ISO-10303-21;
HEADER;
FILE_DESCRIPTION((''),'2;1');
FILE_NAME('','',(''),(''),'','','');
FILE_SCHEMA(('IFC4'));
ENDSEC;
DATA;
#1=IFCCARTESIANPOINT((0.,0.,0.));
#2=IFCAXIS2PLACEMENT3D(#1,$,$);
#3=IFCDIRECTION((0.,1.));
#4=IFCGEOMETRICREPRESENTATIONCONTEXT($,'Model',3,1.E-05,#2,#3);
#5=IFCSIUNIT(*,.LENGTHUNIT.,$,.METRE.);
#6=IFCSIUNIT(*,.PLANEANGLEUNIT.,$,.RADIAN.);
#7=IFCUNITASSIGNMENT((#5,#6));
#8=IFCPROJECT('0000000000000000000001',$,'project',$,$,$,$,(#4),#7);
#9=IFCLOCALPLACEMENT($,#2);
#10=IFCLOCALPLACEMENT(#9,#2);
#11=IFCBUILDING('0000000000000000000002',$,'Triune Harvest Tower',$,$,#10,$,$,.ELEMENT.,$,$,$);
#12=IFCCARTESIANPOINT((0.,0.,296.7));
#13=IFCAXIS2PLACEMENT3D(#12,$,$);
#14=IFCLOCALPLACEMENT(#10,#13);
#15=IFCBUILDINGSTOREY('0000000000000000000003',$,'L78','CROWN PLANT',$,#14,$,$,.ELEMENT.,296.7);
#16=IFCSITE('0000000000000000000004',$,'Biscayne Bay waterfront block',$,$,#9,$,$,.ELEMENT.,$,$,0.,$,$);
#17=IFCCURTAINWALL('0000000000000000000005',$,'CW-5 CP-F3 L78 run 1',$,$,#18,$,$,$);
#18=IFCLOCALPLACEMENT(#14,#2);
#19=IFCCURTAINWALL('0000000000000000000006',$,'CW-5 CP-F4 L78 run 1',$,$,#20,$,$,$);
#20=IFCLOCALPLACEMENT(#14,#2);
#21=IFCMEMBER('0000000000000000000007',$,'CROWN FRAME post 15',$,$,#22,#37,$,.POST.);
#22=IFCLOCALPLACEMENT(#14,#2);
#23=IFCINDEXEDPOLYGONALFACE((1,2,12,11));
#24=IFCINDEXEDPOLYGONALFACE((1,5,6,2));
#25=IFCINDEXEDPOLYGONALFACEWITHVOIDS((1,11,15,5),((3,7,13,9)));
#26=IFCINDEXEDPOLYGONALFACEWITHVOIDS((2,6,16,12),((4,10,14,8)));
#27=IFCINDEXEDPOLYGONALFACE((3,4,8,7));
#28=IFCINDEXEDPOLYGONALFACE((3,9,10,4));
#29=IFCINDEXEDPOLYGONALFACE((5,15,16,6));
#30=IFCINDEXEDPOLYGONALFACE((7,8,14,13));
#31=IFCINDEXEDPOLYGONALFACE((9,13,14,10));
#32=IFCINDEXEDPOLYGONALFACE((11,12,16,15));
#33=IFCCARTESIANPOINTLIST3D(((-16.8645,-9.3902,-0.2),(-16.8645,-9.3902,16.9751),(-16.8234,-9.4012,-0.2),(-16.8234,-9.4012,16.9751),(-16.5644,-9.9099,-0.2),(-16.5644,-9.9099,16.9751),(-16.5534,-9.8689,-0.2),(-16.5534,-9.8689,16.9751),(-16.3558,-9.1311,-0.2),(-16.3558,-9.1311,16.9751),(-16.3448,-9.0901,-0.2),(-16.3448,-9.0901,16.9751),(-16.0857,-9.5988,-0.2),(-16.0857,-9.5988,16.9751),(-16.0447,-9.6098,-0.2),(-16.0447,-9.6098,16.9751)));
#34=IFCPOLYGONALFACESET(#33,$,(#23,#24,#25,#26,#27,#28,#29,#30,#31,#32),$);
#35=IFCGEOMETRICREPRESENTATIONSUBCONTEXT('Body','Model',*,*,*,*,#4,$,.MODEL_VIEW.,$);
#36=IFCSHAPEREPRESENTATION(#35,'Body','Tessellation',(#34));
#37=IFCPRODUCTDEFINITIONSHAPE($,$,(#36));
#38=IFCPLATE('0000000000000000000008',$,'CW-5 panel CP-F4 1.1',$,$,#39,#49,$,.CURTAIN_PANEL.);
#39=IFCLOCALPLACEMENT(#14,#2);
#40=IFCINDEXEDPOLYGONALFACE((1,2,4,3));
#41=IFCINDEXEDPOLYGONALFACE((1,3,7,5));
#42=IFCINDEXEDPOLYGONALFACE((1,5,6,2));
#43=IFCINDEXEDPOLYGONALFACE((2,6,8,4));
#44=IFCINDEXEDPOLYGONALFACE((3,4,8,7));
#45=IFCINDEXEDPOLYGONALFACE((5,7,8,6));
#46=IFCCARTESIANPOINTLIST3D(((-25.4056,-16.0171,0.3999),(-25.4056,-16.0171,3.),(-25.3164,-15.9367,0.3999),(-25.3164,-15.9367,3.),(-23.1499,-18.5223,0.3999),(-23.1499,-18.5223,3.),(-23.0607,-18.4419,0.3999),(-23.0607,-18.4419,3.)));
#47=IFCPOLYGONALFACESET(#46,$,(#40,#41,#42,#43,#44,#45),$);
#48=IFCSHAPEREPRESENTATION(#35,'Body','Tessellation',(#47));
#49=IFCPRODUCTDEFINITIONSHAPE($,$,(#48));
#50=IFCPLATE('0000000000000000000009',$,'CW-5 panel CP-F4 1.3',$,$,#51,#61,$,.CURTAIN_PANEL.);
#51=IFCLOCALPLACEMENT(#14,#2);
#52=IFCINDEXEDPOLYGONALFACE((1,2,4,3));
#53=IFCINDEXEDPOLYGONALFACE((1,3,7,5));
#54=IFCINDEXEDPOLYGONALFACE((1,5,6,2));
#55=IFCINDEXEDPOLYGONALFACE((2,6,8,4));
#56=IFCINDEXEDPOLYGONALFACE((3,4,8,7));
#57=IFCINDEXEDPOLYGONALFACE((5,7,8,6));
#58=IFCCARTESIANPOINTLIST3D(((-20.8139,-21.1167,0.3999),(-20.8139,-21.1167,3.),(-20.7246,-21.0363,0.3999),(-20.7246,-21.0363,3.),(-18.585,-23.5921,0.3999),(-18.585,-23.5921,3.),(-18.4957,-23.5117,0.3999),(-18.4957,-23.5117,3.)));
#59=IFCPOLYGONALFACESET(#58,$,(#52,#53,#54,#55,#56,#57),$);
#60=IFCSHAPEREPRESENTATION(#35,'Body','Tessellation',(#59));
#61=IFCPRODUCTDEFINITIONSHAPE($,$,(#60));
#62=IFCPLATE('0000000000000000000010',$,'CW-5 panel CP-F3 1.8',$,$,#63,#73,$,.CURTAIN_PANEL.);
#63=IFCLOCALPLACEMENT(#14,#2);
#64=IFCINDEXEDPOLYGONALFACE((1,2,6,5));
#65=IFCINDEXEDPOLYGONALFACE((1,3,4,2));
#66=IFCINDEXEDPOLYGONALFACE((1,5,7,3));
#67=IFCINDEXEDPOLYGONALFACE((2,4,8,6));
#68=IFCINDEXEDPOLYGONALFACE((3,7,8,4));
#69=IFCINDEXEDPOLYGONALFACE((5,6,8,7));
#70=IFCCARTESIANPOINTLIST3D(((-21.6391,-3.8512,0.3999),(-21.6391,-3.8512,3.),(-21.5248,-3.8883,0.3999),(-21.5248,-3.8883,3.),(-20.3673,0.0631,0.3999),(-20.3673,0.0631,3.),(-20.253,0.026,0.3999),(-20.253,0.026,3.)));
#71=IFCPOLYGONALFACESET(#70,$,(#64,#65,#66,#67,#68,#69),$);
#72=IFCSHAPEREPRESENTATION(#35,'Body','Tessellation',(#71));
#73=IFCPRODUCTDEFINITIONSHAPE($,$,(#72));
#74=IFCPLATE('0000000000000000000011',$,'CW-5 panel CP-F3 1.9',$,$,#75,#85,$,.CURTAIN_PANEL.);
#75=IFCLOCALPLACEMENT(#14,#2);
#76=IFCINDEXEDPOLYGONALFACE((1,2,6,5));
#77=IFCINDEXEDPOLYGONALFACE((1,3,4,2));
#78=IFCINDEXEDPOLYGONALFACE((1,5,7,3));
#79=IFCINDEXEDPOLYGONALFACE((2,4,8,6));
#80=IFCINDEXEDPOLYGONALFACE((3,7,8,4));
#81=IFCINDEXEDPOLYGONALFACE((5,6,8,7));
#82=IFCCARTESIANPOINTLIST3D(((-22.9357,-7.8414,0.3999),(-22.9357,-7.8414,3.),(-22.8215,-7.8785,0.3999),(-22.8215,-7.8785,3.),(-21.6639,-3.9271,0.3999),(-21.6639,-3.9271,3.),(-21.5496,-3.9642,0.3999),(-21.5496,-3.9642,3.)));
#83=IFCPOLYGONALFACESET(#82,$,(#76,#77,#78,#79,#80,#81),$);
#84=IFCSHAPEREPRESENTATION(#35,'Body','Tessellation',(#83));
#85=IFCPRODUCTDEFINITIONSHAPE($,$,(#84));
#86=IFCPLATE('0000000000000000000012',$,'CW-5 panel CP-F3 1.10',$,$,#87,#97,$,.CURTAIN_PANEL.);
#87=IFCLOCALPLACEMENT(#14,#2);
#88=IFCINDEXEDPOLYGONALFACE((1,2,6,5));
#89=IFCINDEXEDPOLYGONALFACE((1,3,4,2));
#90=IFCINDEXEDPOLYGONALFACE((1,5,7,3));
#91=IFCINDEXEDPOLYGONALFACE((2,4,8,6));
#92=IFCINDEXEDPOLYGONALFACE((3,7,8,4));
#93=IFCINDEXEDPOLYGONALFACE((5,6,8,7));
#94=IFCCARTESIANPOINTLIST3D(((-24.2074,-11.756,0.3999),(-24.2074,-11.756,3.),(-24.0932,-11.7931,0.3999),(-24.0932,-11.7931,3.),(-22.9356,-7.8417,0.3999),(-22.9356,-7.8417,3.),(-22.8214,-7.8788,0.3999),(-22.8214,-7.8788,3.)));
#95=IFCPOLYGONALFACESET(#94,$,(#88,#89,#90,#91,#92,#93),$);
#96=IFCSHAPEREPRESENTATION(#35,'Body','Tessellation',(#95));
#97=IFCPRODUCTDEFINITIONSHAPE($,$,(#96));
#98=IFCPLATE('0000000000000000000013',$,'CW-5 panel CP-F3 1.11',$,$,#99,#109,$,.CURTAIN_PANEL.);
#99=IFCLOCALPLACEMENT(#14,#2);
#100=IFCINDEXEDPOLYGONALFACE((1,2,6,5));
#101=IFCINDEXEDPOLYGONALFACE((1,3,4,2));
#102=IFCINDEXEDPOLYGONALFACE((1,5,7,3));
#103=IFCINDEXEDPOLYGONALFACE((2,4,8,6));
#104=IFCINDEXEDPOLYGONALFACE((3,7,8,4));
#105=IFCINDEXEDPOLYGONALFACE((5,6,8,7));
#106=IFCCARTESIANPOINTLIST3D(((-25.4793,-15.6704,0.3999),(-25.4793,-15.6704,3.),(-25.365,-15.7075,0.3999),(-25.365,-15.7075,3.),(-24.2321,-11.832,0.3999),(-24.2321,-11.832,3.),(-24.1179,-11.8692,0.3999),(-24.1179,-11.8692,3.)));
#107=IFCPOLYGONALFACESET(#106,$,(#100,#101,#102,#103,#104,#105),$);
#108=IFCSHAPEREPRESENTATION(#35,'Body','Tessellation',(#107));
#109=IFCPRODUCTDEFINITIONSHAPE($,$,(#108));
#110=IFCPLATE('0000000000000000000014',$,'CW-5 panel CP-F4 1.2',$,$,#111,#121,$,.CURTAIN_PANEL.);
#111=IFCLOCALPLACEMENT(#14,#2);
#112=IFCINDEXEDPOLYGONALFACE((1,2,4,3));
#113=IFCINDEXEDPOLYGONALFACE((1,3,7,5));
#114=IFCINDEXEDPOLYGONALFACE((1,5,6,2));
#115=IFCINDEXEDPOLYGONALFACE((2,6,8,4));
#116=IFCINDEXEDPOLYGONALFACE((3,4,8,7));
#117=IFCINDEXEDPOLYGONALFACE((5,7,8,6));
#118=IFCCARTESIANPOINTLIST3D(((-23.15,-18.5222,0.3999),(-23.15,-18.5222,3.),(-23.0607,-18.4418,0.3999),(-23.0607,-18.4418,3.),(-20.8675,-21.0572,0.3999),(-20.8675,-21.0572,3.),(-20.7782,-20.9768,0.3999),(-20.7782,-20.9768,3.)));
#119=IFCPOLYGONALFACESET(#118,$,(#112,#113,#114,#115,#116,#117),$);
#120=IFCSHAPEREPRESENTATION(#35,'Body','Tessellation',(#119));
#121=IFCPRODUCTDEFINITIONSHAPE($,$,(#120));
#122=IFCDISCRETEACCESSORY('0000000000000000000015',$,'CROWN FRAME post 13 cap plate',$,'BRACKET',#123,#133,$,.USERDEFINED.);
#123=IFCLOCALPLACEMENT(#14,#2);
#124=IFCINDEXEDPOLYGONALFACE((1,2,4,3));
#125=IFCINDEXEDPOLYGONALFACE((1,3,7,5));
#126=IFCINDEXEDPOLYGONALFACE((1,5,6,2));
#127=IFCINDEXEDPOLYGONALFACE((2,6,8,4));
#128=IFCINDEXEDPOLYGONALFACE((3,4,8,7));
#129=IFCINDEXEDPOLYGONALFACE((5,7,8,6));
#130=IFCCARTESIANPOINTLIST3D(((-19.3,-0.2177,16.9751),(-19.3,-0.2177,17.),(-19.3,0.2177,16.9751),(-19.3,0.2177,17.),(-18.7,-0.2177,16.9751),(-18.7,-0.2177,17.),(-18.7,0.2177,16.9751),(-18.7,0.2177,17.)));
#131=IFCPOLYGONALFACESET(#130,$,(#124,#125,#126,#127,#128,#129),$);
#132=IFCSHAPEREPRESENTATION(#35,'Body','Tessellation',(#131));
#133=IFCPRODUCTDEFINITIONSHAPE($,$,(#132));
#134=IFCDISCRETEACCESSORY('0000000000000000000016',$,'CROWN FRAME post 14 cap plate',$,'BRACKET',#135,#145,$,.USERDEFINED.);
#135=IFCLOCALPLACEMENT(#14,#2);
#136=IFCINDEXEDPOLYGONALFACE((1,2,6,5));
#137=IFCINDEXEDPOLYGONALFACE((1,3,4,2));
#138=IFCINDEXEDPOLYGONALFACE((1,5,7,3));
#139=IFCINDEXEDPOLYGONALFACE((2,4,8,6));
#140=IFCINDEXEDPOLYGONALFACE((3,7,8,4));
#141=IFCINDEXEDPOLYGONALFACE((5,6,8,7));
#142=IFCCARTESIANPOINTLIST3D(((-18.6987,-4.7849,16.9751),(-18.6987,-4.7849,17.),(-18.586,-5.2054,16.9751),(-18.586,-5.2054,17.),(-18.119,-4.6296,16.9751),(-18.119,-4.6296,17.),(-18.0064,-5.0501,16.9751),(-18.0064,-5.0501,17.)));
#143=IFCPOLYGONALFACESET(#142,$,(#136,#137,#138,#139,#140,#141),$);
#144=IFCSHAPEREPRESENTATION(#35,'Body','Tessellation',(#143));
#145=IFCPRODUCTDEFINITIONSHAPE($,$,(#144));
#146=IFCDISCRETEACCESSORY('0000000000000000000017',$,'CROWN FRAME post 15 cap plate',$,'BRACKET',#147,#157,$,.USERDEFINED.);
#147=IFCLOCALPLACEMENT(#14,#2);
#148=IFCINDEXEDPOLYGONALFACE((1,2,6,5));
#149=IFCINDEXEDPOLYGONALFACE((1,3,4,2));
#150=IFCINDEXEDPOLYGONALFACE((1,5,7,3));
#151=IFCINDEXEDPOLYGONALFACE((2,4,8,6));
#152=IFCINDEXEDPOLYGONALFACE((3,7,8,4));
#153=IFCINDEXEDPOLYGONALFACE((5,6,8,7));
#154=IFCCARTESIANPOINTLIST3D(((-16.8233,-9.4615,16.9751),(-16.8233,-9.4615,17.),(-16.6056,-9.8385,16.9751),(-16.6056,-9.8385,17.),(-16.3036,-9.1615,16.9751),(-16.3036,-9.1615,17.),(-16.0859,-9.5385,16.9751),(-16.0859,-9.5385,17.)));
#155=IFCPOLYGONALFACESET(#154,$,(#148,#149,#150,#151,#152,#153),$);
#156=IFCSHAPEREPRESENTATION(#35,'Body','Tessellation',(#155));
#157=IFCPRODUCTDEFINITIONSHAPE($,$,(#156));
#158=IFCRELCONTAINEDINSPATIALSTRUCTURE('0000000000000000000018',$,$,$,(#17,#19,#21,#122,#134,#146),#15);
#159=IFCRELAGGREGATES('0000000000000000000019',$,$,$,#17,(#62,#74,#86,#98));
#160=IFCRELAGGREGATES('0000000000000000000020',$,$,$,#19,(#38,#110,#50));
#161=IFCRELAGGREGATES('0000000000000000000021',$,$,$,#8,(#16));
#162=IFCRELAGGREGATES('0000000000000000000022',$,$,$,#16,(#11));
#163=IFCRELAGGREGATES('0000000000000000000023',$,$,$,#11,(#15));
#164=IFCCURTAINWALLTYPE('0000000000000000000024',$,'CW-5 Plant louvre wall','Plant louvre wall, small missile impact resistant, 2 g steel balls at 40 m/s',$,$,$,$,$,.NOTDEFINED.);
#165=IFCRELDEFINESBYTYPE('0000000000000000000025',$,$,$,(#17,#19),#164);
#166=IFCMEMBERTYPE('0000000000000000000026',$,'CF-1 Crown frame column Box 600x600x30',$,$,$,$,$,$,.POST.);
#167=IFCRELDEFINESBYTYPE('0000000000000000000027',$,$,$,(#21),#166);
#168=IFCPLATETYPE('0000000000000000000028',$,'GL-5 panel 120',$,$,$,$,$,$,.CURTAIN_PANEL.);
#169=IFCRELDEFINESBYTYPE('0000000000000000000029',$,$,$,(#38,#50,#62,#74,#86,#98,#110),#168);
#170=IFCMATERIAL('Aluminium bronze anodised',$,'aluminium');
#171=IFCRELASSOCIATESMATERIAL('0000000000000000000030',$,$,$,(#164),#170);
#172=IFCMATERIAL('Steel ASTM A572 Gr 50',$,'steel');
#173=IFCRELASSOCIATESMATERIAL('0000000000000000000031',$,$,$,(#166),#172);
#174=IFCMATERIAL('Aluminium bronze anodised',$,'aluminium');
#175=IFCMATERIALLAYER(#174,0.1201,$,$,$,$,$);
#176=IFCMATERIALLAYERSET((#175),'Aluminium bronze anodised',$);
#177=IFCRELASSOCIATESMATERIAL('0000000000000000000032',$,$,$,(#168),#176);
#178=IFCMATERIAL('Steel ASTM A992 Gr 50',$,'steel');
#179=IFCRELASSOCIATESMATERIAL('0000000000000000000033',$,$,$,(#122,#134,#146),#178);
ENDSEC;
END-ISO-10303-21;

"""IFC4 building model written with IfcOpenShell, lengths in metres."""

from ifc_helpers import new_model, si_unit, direction, frame, origin, origin_2d, place, context, subcontext, project, spatial, rectangle, hollow_rectangle, extrude, source, transform, mapped, material, layer, layer_set, material_profile, profile_set, type_object, element, aggregate, save


model = new_model("IFC4")

# Units and contexts
model_context = context("Model", 3, precision=1e-05, world=origin(), true_north=direction((0.0, 1.0)))
body_context = subcontext(model_context, "Body", "Model", "MODEL_VIEW")
ifc_project = project(units=[si_unit("LENGTHUNIT", "METRE"), si_unit("PLANEANGLEUNIT", "RADIAN")], contexts=[model_context])

# Site, building, storey
site_placement = place(None, origin())
site = spatial("IfcSite", under=ifc_project, at=site_placement, Name="Biscayne Bay waterfront block", CompositionType="ELEMENT", RefElevation=0.0)
building_placement = place(site_placement, origin())
building = spatial("IfcBuilding", under=site, at=building_placement, Name="Triune Harvest Tower", CompositionType="ELEMENT")
storey_placement = place(building_placement, frame((0.0, 0.0, 296.7)))
storey = spatial("IfcBuildingStorey", under=building, at=storey_placement, Name="L78", Description="CROWN PLANT", CompositionType="ELEMENT", Elevation=296.7)

# Shared definitions
ifc_material_1 = material(Name="Aluminium bronze anodised", Category="aluminium")
curtain_wall_type = type_object("IfcCurtainWallType", Name="CW-5 Plant louvre wall", Description="Plant louvre wall, small missile impact resistant, 2 g steel balls at 40 m/s", PredefinedType="NOTDEFINED", material=ifc_material_1)

# Curtain walls
curtain_wall_1_placement = place(storey_placement, origin())
curtain_wall_1 = element("IfcCurtainWall", 1, at=curtain_wall_1_placement, inside=storey, type_object=curtain_wall_type, Name="CW-5 CP-F3 L78 run 1")
curtain_wall_2_placement = place(storey_placement, origin())
curtain_wall_2 = element("IfcCurtainWall", 2, at=curtain_wall_2_placement, inside=storey, type_object=curtain_wall_type, Name="CW-5 CP-F4 L78 run 1")

# Member
ifc_material_2 = material(Name="Steel ASTM A572 Gr 50", Category="steel")
ifc_material_profile_1 = material_profile(ifc_material_2, hollow_rectangle(XDim=0.6001, YDim=0.6001, WallThickness=0.03, at=origin_2d()), Name="Box 600x600x30")
ifc_profile_set_1 = profile_set([ifc_material_profile_1], Name="Steel ASTM A572 Gr 50")
member_type_1 = type_object("IfcMemberType", Name="CF-1 Crown frame column Box 600x600x30", PredefinedType="POST", material=ifc_profile_set_1)
shared_shape_1 = source(origin(), body_context, "Body", "SweptSolid", [
    extrude(hollow_rectangle(XDim=0.6001, YDim=0.6001, WallThickness=0.03, at=origin_2d()), origin(), (0.0, 0.0, 1.0), 17.175),
])
for number, where, z_axis, x_axis, name in (
    (3, (-16.4546, -9.5, -0.2), (0.0, 0.0, 1.0), (0.5, -0.866025, 0.0), "CROWN FRAME post 15"),
):
    element("IfcMember", number, at=place(storey_placement, frame(where, z_axis=z_axis, x_axis=x_axis)), inside=storey, type_object=member_type_1, Name=name, PredefinedType="POST", context=body_context, shape_type="MappedRepresentation", body=[
        mapped(shared_shape_1, transform((0.0, 0.0, 0.0), scale=1.0)),
    ])

# Plates
ifc_material_3 = material(Name="Aluminium bronze anodised", Category="aluminium")
ifc_layer = layer(ifc_material_3, 0.1201)
ifc_layer_set = layer_set([ifc_layer], Name="Aluminium bronze anodised")
plate_type = type_object("IfcPlateType", Name="GL-5 panel 120", PredefinedType="CURTAIN_PANEL", material=ifc_layer_set)
plate_1_placement = place(storey_placement, frame((-24.2332, -17.2295, 0.3999), z_axis=(0.0, 0.0, 1.0), x_axis=(0.669132, -0.743144, 0.0)))
plate_1 = element("IfcPlate", 4, at=plate_1_placement, type_object=plate_type, Name="CW-5 panel CP-F4 1.1", PredefinedType="CURTAIN_PANEL", context=body_context, shape_type="SweptSolid", body=[
    extrude(rectangle(XDim=3.3711, YDim=0.1201, at=origin_2d()), origin(), (0.0, 0.0, 1.0), 2.6001),
])
plate_2_placement = place(storey_placement, frame((-19.6548, -22.3142, 0.3999), z_axis=(0.0, 0.0, 1.0), x_axis=(0.669132, -0.743144, 0.0)))
plate_2 = element("IfcPlate", 5, at=plate_2_placement, type_object=plate_type, Name="CW-5 panel CP-F4 1.3", PredefinedType="CURTAIN_PANEL", context=body_context, shape_type="SweptSolid", body=[
    extrude(rectangle(XDim=3.3311, YDim=0.1201, at=origin_2d()), origin(), (0.0, 0.0, 1.0), 2.6001),
])
shared_shape_2 = source(origin(), body_context, "Body", "SweptSolid", [
    extrude(rectangle(XDim=4.1157, YDim=0.1201, at=origin_2d()), origin(), (0.0, 0.0, 1.0), 2.6001),
])
plate_3_placement = place(storey_placement, frame((-20.946, -1.9126, 0.3999), z_axis=(0.0, 0.0, 1.0), x_axis=(-0.309016, -0.951057, 0.0)))
plate_3 = element("IfcPlate", 6, at=plate_3_placement, type_object=plate_type, Name="CW-5 panel CP-F3 1.8", PredefinedType="CURTAIN_PANEL", context=body_context, shape_type="MappedRepresentation", body=[
    mapped(shared_shape_2, transform((0.0, 0.0, 0.0), scale=1.0)),
])
plate_4_placement = place(storey_placement, frame((-22.2427, -5.9028, 0.3999), z_axis=(0.0, 0.0, 1.0), x_axis=(-0.309016, -0.951057, 0.0)))
plate_4 = element("IfcPlate", 7, at=plate_4_placement, type_object=plate_type, Name="CW-5 panel CP-F3 1.9", PredefinedType="CURTAIN_PANEL", context=body_context, shape_type="MappedRepresentation", body=[
    mapped(shared_shape_2, transform((0.0, 0.0, 0.0), scale=1.0)),
])
plate_5_placement = place(storey_placement, frame((-23.5144, -9.8174, 0.3999), z_axis=(0.0, 0.0, 1.0), x_axis=(-0.309016, -0.951057, 0.0)))
plate_5 = element("IfcPlate", 8, at=plate_5_placement, type_object=plate_type, Name="CW-5 panel CP-F3 1.10", PredefinedType="CURTAIN_PANEL", context=body_context, shape_type="MappedRepresentation", body=[
    mapped(shared_shape_2, transform((0.0, 0.0, 0.0), scale=1.0)),
])
shared_shape_3 = source(origin(), body_context, "Body", "SweptSolid", [
    extrude(rectangle(XDim=4.0359, YDim=0.1201, at=origin_2d()), origin(), (0.0, 0.0, 1.0), 2.6001),
])
plate_6_placement = place(storey_placement, frame((-24.7986, -13.7698, 0.3999), z_axis=(0.0, 0.0, 1.0), x_axis=(-0.309016, -0.951057, 0.0)))
plate_6 = element("IfcPlate", 9, at=plate_6_placement, type_object=plate_type, Name="CW-5 panel CP-F3 1.11", PredefinedType="CURTAIN_PANEL", context=body_context, shape_type="MappedRepresentation", body=[
    mapped(shared_shape_3, transform((0.0, 0.0, 0.0), scale=1.0)),
])
aggregate(curtain_wall_1, [plate_3, plate_4, plate_5, plate_6])
shared_shape_4 = source(origin(), body_context, "Body", "SweptSolid", [
    extrude(rectangle(XDim=3.4111, YDim=0.1201, at=origin_2d()), origin(), (0.0, 0.0, 1.0), 2.6001),
])
plate_7_placement = place(storey_placement, frame((-21.9641, -19.7495, 0.3999), z_axis=(0.0, 0.0, 1.0), x_axis=(0.669132, -0.743144, 0.0)))
plate_7 = element("IfcPlate", 10, at=plate_7_placement, type_object=plate_type, Name="CW-5 panel CP-F4 1.2", PredefinedType="CURTAIN_PANEL", context=body_context, shape_type="MappedRepresentation", body=[
    mapped(shared_shape_4, transform((0.0, 0.0, 0.0), scale=1.0)),
])
aggregate(curtain_wall_2, [plate_1, plate_7, plate_2])

# Discrete accessories
ifc_material_4 = material(Name="Steel ASTM A992 Gr 50", Category="steel")
shared_shape_5 = source(origin(), body_context, "Body", "SweptSolid", [
    extrude(rectangle(XDim=0.6001, YDim=0.4353, at=origin_2d()), origin(), (0.0, 0.0, 1.0), 0.0249),
])
for number, where, z_axis, x_axis, name in (
    (11, (-19.0, 0.0, 16.9751), (0.0, 0.0, 1.0), (-1.0, 0.0, 0.0), "CROWN FRAME post 13 cap plate"),
    (12, (-18.3525, -4.9175, 16.9751), (0.0, 0.0, 1.0), (-0.965926, -0.258819, 0.0), "CROWN FRAME post 14 cap plate"),
    (13, (-16.4546, -9.5, 16.9751), (0.0, 0.0, 1.0), (-0.866025, -0.5, 0.0), "CROWN FRAME post 15 cap plate"),
):
    element("IfcDiscreteAccessory", number, at=place(storey_placement, frame(where, z_axis=z_axis, x_axis=x_axis)), inside=storey, material=ifc_material_4, Name=name, ObjectType="BRACKET", PredefinedType="USERDEFINED", context=body_context, shape_type="MappedRepresentation", body=[
        mapped(shared_shape_5, transform((0.0, 0.0, 0.0), scale=1.0)),
    ])

save(model, "model.ifc")
